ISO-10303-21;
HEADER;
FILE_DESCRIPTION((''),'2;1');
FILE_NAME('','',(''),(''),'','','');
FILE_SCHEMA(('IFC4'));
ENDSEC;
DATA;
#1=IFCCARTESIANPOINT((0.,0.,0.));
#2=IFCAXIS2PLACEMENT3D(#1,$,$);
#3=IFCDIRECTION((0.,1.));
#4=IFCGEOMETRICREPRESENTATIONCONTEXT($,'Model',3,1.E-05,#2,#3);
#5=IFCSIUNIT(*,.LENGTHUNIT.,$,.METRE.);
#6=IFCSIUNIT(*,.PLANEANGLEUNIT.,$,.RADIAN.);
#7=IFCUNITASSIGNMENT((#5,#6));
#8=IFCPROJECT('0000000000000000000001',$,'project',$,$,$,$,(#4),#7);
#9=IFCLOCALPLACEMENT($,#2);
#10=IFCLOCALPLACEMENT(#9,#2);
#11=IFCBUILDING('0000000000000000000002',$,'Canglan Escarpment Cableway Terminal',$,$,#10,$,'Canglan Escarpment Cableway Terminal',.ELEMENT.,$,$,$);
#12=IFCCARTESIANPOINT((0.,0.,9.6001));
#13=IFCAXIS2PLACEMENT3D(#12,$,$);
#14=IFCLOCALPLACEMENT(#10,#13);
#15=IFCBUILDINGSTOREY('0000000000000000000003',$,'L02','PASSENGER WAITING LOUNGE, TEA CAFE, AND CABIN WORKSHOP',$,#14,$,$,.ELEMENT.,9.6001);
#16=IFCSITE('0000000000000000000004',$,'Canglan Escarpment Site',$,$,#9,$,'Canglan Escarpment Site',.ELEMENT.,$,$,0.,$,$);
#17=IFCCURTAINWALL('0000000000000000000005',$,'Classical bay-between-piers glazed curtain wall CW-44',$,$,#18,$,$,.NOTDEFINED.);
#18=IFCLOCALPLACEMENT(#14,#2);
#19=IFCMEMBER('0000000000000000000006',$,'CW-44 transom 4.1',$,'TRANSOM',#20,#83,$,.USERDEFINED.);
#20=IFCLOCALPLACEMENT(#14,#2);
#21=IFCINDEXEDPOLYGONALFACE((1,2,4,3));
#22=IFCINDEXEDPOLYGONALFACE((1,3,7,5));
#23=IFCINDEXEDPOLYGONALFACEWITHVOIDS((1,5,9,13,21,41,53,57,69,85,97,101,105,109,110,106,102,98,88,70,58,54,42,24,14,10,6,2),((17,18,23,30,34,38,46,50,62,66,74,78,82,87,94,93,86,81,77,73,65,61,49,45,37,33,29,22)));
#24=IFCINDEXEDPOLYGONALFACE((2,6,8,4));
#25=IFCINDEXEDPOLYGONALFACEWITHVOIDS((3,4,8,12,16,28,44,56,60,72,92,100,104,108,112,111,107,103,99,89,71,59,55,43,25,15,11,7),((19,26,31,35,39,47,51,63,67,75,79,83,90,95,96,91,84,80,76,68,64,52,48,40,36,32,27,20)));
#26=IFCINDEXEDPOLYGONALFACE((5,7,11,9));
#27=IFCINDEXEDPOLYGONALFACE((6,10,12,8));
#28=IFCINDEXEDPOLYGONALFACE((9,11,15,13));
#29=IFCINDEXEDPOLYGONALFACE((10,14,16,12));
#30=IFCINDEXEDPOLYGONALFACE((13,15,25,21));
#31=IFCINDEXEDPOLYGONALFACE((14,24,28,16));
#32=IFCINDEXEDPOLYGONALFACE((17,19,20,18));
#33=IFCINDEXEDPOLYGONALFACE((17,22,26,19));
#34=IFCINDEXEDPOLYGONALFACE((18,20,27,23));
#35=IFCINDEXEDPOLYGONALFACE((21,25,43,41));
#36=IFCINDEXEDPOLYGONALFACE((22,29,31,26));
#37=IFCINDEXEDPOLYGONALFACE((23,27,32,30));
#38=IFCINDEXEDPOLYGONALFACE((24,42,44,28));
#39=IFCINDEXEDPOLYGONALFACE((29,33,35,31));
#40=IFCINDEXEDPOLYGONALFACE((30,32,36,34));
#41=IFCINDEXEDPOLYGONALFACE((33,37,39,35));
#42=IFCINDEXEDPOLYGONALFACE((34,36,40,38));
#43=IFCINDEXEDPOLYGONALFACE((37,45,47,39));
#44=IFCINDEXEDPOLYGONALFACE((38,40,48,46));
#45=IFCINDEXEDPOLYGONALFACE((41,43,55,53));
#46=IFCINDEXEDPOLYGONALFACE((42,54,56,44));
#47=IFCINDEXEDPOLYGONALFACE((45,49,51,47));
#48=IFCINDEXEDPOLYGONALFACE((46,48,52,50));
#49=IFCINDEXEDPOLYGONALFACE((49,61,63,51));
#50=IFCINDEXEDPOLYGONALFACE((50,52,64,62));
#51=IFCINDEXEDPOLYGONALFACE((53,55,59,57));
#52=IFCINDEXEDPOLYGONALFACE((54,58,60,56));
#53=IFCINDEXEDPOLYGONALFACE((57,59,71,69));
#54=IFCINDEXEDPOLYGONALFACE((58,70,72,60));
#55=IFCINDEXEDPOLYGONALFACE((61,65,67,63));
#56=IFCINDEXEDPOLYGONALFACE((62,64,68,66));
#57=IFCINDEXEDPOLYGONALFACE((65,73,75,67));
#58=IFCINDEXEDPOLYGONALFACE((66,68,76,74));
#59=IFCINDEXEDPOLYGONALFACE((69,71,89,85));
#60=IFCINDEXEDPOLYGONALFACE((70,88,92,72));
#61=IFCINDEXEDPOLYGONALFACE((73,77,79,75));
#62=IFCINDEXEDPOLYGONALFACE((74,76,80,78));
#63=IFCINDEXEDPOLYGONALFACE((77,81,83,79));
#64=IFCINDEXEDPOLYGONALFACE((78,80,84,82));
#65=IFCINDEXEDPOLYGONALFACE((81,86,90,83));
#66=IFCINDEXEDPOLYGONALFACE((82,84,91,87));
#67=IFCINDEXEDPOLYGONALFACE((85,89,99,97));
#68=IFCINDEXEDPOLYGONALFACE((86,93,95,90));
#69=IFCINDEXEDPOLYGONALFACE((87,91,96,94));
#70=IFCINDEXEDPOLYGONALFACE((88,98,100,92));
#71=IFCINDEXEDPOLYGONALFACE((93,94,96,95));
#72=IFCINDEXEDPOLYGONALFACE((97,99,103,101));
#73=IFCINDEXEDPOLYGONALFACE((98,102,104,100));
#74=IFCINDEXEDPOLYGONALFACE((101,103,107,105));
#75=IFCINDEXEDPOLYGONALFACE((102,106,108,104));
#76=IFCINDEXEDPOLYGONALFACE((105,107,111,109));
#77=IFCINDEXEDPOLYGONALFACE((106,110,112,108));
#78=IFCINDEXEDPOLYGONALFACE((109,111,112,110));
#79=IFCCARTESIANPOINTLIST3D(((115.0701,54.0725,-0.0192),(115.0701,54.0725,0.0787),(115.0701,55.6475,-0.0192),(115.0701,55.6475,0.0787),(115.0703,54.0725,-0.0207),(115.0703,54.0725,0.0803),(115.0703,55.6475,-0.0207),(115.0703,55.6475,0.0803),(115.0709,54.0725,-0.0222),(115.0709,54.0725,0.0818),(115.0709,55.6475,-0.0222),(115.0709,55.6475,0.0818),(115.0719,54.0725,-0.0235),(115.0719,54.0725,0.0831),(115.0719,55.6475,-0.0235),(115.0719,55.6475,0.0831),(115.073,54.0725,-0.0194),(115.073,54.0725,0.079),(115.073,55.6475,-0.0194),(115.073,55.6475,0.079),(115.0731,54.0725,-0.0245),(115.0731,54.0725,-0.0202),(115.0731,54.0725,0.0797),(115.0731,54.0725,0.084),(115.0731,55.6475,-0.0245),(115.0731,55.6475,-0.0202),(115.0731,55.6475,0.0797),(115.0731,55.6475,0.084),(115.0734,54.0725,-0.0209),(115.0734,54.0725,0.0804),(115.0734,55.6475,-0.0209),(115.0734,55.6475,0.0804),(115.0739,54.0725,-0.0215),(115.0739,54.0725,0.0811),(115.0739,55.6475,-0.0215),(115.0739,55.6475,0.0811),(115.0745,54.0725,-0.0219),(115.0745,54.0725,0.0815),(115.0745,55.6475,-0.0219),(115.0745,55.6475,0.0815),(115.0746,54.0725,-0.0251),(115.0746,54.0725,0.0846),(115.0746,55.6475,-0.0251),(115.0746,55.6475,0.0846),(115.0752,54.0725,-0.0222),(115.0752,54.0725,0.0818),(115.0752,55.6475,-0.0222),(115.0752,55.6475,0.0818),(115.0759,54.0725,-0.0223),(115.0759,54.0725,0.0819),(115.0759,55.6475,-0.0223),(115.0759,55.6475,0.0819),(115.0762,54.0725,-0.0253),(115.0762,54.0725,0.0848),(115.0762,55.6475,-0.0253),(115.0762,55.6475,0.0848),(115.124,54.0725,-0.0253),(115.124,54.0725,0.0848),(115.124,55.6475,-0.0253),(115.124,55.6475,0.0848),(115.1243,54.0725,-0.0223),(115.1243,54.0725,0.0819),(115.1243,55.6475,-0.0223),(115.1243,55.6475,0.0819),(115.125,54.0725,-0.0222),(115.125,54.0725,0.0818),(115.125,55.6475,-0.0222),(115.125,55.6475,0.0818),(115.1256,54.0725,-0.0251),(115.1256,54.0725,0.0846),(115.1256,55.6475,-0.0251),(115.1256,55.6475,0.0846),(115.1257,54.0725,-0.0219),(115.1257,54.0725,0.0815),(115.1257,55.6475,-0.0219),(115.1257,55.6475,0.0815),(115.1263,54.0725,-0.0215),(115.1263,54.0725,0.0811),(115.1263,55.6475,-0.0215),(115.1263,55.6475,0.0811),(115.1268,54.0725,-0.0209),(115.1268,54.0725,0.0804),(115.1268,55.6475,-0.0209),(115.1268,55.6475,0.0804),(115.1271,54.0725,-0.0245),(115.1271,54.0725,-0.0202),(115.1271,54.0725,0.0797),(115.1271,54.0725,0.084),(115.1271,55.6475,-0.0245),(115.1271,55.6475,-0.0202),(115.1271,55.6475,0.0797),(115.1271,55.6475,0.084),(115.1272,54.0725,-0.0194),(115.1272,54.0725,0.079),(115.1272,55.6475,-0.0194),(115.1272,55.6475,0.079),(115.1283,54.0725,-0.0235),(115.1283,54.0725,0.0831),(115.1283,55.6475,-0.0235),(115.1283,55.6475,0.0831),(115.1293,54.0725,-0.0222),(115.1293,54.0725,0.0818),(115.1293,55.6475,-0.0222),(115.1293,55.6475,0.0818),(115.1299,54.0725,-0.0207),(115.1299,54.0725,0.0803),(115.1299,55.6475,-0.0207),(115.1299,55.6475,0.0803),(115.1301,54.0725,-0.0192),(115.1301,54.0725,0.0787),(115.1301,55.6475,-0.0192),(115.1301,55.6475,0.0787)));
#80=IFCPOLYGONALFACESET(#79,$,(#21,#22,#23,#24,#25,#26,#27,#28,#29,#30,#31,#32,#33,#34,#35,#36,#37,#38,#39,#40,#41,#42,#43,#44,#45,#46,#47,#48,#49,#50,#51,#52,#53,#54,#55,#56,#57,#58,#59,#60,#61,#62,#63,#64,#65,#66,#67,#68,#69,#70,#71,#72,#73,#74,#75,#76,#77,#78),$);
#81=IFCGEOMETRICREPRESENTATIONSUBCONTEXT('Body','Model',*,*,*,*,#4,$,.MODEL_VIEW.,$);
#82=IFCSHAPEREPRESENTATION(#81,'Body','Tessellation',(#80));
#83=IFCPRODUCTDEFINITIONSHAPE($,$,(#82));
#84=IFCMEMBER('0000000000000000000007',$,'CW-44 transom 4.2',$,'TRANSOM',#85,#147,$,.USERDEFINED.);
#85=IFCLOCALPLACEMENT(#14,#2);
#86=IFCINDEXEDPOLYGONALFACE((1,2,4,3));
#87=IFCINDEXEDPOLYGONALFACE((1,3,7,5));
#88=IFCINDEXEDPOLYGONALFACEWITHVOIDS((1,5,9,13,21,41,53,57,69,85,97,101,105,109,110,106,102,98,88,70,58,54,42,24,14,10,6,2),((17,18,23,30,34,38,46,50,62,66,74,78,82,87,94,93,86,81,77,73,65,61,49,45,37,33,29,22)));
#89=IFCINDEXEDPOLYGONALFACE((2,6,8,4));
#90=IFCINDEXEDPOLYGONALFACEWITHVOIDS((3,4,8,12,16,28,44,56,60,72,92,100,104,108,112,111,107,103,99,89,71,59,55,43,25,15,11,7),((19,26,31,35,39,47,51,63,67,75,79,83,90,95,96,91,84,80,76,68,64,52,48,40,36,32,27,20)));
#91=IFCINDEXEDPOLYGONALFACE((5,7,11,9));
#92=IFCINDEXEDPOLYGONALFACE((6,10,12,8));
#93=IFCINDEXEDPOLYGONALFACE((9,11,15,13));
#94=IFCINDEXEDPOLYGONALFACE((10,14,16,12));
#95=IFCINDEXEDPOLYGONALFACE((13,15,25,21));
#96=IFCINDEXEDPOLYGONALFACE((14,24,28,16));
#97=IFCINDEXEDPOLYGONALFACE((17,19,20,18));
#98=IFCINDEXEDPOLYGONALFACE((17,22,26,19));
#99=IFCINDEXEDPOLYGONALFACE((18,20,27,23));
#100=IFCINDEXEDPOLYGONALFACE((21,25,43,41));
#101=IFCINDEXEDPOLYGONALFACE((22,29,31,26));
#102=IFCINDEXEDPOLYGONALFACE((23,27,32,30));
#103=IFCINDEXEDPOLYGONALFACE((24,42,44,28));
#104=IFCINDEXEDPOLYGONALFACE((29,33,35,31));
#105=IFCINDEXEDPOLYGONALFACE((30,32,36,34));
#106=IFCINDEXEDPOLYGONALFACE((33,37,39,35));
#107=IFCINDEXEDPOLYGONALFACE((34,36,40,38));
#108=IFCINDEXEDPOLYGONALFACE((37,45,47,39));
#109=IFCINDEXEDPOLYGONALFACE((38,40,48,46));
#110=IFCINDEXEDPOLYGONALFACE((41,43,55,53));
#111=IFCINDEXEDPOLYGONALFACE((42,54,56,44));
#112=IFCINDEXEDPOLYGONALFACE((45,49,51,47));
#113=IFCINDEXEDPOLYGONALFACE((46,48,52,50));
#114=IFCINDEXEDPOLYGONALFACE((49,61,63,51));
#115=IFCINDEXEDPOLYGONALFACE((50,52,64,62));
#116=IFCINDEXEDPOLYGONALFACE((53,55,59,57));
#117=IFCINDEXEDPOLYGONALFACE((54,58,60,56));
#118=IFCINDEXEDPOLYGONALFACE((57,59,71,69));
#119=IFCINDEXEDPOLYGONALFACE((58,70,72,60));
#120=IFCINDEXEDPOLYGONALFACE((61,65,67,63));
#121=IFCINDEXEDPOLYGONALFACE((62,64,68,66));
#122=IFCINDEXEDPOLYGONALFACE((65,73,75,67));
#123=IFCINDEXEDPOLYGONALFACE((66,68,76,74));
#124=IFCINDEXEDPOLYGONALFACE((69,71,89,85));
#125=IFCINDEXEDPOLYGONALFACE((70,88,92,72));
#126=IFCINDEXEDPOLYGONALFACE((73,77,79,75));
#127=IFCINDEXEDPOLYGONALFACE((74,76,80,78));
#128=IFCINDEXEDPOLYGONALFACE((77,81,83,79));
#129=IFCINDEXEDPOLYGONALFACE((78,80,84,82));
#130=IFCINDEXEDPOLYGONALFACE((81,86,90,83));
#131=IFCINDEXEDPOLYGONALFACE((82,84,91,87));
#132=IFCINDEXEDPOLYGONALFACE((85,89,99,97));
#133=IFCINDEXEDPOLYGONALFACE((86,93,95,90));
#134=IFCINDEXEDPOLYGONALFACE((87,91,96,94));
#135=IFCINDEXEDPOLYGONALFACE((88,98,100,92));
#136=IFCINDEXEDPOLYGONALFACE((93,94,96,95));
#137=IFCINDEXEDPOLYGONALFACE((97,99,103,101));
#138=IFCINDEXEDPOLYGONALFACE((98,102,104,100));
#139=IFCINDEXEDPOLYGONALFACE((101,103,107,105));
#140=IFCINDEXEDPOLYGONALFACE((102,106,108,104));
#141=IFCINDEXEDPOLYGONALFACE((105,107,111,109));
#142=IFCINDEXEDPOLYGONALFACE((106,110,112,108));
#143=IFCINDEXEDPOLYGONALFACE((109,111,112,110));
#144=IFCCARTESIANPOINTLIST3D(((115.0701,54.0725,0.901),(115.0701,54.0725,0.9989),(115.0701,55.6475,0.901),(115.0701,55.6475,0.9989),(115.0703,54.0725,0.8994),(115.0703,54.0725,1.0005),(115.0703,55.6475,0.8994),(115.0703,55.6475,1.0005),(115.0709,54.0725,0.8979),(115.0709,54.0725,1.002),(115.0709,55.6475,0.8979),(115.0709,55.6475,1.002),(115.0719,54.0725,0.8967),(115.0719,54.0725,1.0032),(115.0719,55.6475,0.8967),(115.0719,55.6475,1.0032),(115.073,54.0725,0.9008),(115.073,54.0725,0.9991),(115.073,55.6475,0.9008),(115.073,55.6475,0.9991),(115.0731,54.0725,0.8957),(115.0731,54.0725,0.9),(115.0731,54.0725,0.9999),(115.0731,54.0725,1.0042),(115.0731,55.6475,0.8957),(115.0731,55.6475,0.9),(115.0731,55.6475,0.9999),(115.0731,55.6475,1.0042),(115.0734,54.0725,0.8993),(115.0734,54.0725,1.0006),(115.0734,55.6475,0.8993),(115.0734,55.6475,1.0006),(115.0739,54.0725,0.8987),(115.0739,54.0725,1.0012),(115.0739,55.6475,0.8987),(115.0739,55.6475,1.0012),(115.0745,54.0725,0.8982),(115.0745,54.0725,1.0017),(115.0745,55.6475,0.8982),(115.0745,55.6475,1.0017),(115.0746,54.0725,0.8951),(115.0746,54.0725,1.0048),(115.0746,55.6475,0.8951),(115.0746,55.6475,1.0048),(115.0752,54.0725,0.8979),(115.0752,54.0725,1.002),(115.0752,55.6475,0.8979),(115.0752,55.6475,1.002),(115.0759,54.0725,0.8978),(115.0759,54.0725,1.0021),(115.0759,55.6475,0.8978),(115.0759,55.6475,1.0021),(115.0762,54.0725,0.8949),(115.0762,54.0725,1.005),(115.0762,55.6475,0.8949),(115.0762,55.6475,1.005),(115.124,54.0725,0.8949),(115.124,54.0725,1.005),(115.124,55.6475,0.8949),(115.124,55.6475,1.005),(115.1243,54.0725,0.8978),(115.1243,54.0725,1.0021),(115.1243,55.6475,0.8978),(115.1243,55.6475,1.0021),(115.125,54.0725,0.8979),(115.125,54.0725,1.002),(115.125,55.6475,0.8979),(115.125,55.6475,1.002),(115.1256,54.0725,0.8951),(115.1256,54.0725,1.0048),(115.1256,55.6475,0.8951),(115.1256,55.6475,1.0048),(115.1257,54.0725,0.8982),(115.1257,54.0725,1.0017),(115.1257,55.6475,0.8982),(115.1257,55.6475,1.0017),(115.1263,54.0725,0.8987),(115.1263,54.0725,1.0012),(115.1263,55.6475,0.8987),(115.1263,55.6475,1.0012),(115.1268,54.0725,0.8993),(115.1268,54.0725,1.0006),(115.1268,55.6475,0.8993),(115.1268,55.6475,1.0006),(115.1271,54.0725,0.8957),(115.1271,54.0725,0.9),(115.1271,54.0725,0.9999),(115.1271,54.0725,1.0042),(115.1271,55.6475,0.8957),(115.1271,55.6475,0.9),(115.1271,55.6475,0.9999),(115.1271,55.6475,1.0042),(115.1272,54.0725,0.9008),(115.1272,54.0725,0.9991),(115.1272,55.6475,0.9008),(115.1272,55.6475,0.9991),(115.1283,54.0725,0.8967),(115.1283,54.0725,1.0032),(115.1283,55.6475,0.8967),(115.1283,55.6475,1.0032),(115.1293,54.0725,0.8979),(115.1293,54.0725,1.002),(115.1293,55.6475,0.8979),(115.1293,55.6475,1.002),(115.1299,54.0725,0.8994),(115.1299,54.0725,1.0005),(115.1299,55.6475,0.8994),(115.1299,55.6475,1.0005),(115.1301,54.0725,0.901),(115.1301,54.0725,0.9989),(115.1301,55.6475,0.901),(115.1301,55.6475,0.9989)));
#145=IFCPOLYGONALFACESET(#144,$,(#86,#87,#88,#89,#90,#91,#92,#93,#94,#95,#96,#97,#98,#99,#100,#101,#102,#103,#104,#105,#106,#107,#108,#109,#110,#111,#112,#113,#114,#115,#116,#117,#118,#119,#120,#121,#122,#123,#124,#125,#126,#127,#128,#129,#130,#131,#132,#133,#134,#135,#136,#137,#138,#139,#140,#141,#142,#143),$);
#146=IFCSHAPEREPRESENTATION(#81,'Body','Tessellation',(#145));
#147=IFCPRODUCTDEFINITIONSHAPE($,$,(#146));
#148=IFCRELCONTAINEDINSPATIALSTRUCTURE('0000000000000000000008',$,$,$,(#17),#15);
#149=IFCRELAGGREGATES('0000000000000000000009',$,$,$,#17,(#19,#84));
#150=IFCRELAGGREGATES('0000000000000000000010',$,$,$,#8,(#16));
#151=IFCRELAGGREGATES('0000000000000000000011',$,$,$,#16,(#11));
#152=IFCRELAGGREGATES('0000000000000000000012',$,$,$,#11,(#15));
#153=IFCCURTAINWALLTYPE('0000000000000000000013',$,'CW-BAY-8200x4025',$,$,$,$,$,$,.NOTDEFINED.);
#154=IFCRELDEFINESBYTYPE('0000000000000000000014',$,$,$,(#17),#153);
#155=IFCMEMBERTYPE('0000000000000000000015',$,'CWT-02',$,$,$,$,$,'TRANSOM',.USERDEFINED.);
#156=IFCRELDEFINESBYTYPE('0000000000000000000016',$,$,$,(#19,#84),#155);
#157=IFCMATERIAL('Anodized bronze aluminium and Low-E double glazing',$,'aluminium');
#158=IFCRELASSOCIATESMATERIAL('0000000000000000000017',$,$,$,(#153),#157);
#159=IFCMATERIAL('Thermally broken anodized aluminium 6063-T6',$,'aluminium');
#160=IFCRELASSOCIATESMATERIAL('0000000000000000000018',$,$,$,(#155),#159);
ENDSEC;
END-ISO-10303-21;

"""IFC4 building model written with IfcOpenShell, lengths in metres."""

from ifc_helpers import new_model, si_unit, direction, frame, origin, origin_2d, place, context, subcontext, project, spatial, hollow_rectangle, extrude, material, material_profile, profile_set, type_object, element, aggregate, save


model = new_model("IFC4")

# Units and contexts
model_context = context("Model", 3, precision=1e-05, world=origin(), true_north=direction((0.0, 1.0)))
body_context = subcontext(model_context, "Body", "Model", "MODEL_VIEW")
ifc_project = project(units=[si_unit("LENGTHUNIT", "METRE"), si_unit("PLANEANGLEUNIT", "RADIAN")], contexts=[model_context])

# Site, building, storey
site_placement = place(None, origin())
site = spatial("IfcSite", under=ifc_project, at=site_placement, Name="Canglan Escarpment Site", LongName="Canglan Escarpment Site", CompositionType="ELEMENT", RefElevation=0.0)
building_placement = place(site_placement, origin())
building = spatial("IfcBuilding", under=site, at=building_placement, Name="Canglan Escarpment Cableway Terminal", LongName="Canglan Escarpment Cableway Terminal", CompositionType="ELEMENT")
storey_placement = place(building_placement, frame((0.0, 0.0, 9.6001)))
storey = spatial("IfcBuildingStorey", under=building, at=storey_placement, Name="L02", Description="PASSENGER WAITING LOUNGE, TEA CAFE, AND CABIN WORKSHOP", CompositionType="ELEMENT", Elevation=9.6001)

# Curtain wall, members
ifc_material_1 = material(Name="Anodized bronze aluminium and Low-E double glazing", Category="aluminium")
curtain_wall_type = type_object("IfcCurtainWallType", Name="CW-BAY-8200x4025", PredefinedType="NOTDEFINED", material=ifc_material_1)
curtain_wall_placement = place(storey_placement, origin())
curtain_wall = element("IfcCurtainWall", 1, at=curtain_wall_placement, inside=storey, type_object=curtain_wall_type, Name="Classical bay-between-piers glazed curtain wall CW-44", PredefinedType="NOTDEFINED")
ifc_material_2 = material(Name="Thermally broken anodized aluminium 6063-T6", Category="aluminium")
ifc_material_profile_1 = material_profile(ifc_material_2, hollow_rectangle(XDim=0.0601, YDim=0.1101, WallThickness=0.0029, InnerFilletRadius=0.0029, OuterFilletRadius=0.0061, at=origin_2d()), Name="ALU-TRAN 60x110x3")
ifc_profile_set_1 = profile_set([ifc_material_profile_1], Name="Thermally broken anodized aluminium 6063-T6")
member_type_1 = type_object("IfcMemberType", Name="CWT-02", ElementType="TRANSOM", PredefinedType="USERDEFINED", material=ifc_profile_set_1)
member_1_placement = place(storey_placement, frame((115.1001, 55.6475, 0.0298), z_axis=(0.0, -1.0, 0.0), x_axis=(1.0, 0.0, 0.0)))
member_1 = element("IfcMember", 2, at=member_1_placement, type_object=member_type_1, Name="CW-44 transom 4.1", ObjectType="TRANSOM", PredefinedType="USERDEFINED", context=body_context, shape_type="SweptSolid", body=[
    extrude(hollow_rectangle(XDim=0.0601, YDim=0.1101, WallThickness=0.0029, InnerFilletRadius=0.0029, OuterFilletRadius=0.0061, at=origin_2d()), origin(), (0.0, 0.0, 1.0), 1.575),
])
member_2_placement = place(storey_placement, frame((115.1001, 55.6475, 0.95), z_axis=(0.0, -1.0, 0.0), x_axis=(1.0, 0.0, 0.0)))
member_2 = element("IfcMember", 3, at=member_2_placement, type_object=member_type_1, Name="CW-44 transom 4.2", ObjectType="TRANSOM", PredefinedType="USERDEFINED", context=body_context, shape_type="SweptSolid", body=[
    extrude(hollow_rectangle(XDim=0.0601, YDim=0.1101, WallThickness=0.0029, InnerFilletRadius=0.0029, OuterFilletRadius=0.0061, at=origin_2d()), origin(), (0.0, 0.0, 1.0), 1.575),
])

aggregate(curtain_wall, [member_1, member_2])

save(model, "model.ifc")
